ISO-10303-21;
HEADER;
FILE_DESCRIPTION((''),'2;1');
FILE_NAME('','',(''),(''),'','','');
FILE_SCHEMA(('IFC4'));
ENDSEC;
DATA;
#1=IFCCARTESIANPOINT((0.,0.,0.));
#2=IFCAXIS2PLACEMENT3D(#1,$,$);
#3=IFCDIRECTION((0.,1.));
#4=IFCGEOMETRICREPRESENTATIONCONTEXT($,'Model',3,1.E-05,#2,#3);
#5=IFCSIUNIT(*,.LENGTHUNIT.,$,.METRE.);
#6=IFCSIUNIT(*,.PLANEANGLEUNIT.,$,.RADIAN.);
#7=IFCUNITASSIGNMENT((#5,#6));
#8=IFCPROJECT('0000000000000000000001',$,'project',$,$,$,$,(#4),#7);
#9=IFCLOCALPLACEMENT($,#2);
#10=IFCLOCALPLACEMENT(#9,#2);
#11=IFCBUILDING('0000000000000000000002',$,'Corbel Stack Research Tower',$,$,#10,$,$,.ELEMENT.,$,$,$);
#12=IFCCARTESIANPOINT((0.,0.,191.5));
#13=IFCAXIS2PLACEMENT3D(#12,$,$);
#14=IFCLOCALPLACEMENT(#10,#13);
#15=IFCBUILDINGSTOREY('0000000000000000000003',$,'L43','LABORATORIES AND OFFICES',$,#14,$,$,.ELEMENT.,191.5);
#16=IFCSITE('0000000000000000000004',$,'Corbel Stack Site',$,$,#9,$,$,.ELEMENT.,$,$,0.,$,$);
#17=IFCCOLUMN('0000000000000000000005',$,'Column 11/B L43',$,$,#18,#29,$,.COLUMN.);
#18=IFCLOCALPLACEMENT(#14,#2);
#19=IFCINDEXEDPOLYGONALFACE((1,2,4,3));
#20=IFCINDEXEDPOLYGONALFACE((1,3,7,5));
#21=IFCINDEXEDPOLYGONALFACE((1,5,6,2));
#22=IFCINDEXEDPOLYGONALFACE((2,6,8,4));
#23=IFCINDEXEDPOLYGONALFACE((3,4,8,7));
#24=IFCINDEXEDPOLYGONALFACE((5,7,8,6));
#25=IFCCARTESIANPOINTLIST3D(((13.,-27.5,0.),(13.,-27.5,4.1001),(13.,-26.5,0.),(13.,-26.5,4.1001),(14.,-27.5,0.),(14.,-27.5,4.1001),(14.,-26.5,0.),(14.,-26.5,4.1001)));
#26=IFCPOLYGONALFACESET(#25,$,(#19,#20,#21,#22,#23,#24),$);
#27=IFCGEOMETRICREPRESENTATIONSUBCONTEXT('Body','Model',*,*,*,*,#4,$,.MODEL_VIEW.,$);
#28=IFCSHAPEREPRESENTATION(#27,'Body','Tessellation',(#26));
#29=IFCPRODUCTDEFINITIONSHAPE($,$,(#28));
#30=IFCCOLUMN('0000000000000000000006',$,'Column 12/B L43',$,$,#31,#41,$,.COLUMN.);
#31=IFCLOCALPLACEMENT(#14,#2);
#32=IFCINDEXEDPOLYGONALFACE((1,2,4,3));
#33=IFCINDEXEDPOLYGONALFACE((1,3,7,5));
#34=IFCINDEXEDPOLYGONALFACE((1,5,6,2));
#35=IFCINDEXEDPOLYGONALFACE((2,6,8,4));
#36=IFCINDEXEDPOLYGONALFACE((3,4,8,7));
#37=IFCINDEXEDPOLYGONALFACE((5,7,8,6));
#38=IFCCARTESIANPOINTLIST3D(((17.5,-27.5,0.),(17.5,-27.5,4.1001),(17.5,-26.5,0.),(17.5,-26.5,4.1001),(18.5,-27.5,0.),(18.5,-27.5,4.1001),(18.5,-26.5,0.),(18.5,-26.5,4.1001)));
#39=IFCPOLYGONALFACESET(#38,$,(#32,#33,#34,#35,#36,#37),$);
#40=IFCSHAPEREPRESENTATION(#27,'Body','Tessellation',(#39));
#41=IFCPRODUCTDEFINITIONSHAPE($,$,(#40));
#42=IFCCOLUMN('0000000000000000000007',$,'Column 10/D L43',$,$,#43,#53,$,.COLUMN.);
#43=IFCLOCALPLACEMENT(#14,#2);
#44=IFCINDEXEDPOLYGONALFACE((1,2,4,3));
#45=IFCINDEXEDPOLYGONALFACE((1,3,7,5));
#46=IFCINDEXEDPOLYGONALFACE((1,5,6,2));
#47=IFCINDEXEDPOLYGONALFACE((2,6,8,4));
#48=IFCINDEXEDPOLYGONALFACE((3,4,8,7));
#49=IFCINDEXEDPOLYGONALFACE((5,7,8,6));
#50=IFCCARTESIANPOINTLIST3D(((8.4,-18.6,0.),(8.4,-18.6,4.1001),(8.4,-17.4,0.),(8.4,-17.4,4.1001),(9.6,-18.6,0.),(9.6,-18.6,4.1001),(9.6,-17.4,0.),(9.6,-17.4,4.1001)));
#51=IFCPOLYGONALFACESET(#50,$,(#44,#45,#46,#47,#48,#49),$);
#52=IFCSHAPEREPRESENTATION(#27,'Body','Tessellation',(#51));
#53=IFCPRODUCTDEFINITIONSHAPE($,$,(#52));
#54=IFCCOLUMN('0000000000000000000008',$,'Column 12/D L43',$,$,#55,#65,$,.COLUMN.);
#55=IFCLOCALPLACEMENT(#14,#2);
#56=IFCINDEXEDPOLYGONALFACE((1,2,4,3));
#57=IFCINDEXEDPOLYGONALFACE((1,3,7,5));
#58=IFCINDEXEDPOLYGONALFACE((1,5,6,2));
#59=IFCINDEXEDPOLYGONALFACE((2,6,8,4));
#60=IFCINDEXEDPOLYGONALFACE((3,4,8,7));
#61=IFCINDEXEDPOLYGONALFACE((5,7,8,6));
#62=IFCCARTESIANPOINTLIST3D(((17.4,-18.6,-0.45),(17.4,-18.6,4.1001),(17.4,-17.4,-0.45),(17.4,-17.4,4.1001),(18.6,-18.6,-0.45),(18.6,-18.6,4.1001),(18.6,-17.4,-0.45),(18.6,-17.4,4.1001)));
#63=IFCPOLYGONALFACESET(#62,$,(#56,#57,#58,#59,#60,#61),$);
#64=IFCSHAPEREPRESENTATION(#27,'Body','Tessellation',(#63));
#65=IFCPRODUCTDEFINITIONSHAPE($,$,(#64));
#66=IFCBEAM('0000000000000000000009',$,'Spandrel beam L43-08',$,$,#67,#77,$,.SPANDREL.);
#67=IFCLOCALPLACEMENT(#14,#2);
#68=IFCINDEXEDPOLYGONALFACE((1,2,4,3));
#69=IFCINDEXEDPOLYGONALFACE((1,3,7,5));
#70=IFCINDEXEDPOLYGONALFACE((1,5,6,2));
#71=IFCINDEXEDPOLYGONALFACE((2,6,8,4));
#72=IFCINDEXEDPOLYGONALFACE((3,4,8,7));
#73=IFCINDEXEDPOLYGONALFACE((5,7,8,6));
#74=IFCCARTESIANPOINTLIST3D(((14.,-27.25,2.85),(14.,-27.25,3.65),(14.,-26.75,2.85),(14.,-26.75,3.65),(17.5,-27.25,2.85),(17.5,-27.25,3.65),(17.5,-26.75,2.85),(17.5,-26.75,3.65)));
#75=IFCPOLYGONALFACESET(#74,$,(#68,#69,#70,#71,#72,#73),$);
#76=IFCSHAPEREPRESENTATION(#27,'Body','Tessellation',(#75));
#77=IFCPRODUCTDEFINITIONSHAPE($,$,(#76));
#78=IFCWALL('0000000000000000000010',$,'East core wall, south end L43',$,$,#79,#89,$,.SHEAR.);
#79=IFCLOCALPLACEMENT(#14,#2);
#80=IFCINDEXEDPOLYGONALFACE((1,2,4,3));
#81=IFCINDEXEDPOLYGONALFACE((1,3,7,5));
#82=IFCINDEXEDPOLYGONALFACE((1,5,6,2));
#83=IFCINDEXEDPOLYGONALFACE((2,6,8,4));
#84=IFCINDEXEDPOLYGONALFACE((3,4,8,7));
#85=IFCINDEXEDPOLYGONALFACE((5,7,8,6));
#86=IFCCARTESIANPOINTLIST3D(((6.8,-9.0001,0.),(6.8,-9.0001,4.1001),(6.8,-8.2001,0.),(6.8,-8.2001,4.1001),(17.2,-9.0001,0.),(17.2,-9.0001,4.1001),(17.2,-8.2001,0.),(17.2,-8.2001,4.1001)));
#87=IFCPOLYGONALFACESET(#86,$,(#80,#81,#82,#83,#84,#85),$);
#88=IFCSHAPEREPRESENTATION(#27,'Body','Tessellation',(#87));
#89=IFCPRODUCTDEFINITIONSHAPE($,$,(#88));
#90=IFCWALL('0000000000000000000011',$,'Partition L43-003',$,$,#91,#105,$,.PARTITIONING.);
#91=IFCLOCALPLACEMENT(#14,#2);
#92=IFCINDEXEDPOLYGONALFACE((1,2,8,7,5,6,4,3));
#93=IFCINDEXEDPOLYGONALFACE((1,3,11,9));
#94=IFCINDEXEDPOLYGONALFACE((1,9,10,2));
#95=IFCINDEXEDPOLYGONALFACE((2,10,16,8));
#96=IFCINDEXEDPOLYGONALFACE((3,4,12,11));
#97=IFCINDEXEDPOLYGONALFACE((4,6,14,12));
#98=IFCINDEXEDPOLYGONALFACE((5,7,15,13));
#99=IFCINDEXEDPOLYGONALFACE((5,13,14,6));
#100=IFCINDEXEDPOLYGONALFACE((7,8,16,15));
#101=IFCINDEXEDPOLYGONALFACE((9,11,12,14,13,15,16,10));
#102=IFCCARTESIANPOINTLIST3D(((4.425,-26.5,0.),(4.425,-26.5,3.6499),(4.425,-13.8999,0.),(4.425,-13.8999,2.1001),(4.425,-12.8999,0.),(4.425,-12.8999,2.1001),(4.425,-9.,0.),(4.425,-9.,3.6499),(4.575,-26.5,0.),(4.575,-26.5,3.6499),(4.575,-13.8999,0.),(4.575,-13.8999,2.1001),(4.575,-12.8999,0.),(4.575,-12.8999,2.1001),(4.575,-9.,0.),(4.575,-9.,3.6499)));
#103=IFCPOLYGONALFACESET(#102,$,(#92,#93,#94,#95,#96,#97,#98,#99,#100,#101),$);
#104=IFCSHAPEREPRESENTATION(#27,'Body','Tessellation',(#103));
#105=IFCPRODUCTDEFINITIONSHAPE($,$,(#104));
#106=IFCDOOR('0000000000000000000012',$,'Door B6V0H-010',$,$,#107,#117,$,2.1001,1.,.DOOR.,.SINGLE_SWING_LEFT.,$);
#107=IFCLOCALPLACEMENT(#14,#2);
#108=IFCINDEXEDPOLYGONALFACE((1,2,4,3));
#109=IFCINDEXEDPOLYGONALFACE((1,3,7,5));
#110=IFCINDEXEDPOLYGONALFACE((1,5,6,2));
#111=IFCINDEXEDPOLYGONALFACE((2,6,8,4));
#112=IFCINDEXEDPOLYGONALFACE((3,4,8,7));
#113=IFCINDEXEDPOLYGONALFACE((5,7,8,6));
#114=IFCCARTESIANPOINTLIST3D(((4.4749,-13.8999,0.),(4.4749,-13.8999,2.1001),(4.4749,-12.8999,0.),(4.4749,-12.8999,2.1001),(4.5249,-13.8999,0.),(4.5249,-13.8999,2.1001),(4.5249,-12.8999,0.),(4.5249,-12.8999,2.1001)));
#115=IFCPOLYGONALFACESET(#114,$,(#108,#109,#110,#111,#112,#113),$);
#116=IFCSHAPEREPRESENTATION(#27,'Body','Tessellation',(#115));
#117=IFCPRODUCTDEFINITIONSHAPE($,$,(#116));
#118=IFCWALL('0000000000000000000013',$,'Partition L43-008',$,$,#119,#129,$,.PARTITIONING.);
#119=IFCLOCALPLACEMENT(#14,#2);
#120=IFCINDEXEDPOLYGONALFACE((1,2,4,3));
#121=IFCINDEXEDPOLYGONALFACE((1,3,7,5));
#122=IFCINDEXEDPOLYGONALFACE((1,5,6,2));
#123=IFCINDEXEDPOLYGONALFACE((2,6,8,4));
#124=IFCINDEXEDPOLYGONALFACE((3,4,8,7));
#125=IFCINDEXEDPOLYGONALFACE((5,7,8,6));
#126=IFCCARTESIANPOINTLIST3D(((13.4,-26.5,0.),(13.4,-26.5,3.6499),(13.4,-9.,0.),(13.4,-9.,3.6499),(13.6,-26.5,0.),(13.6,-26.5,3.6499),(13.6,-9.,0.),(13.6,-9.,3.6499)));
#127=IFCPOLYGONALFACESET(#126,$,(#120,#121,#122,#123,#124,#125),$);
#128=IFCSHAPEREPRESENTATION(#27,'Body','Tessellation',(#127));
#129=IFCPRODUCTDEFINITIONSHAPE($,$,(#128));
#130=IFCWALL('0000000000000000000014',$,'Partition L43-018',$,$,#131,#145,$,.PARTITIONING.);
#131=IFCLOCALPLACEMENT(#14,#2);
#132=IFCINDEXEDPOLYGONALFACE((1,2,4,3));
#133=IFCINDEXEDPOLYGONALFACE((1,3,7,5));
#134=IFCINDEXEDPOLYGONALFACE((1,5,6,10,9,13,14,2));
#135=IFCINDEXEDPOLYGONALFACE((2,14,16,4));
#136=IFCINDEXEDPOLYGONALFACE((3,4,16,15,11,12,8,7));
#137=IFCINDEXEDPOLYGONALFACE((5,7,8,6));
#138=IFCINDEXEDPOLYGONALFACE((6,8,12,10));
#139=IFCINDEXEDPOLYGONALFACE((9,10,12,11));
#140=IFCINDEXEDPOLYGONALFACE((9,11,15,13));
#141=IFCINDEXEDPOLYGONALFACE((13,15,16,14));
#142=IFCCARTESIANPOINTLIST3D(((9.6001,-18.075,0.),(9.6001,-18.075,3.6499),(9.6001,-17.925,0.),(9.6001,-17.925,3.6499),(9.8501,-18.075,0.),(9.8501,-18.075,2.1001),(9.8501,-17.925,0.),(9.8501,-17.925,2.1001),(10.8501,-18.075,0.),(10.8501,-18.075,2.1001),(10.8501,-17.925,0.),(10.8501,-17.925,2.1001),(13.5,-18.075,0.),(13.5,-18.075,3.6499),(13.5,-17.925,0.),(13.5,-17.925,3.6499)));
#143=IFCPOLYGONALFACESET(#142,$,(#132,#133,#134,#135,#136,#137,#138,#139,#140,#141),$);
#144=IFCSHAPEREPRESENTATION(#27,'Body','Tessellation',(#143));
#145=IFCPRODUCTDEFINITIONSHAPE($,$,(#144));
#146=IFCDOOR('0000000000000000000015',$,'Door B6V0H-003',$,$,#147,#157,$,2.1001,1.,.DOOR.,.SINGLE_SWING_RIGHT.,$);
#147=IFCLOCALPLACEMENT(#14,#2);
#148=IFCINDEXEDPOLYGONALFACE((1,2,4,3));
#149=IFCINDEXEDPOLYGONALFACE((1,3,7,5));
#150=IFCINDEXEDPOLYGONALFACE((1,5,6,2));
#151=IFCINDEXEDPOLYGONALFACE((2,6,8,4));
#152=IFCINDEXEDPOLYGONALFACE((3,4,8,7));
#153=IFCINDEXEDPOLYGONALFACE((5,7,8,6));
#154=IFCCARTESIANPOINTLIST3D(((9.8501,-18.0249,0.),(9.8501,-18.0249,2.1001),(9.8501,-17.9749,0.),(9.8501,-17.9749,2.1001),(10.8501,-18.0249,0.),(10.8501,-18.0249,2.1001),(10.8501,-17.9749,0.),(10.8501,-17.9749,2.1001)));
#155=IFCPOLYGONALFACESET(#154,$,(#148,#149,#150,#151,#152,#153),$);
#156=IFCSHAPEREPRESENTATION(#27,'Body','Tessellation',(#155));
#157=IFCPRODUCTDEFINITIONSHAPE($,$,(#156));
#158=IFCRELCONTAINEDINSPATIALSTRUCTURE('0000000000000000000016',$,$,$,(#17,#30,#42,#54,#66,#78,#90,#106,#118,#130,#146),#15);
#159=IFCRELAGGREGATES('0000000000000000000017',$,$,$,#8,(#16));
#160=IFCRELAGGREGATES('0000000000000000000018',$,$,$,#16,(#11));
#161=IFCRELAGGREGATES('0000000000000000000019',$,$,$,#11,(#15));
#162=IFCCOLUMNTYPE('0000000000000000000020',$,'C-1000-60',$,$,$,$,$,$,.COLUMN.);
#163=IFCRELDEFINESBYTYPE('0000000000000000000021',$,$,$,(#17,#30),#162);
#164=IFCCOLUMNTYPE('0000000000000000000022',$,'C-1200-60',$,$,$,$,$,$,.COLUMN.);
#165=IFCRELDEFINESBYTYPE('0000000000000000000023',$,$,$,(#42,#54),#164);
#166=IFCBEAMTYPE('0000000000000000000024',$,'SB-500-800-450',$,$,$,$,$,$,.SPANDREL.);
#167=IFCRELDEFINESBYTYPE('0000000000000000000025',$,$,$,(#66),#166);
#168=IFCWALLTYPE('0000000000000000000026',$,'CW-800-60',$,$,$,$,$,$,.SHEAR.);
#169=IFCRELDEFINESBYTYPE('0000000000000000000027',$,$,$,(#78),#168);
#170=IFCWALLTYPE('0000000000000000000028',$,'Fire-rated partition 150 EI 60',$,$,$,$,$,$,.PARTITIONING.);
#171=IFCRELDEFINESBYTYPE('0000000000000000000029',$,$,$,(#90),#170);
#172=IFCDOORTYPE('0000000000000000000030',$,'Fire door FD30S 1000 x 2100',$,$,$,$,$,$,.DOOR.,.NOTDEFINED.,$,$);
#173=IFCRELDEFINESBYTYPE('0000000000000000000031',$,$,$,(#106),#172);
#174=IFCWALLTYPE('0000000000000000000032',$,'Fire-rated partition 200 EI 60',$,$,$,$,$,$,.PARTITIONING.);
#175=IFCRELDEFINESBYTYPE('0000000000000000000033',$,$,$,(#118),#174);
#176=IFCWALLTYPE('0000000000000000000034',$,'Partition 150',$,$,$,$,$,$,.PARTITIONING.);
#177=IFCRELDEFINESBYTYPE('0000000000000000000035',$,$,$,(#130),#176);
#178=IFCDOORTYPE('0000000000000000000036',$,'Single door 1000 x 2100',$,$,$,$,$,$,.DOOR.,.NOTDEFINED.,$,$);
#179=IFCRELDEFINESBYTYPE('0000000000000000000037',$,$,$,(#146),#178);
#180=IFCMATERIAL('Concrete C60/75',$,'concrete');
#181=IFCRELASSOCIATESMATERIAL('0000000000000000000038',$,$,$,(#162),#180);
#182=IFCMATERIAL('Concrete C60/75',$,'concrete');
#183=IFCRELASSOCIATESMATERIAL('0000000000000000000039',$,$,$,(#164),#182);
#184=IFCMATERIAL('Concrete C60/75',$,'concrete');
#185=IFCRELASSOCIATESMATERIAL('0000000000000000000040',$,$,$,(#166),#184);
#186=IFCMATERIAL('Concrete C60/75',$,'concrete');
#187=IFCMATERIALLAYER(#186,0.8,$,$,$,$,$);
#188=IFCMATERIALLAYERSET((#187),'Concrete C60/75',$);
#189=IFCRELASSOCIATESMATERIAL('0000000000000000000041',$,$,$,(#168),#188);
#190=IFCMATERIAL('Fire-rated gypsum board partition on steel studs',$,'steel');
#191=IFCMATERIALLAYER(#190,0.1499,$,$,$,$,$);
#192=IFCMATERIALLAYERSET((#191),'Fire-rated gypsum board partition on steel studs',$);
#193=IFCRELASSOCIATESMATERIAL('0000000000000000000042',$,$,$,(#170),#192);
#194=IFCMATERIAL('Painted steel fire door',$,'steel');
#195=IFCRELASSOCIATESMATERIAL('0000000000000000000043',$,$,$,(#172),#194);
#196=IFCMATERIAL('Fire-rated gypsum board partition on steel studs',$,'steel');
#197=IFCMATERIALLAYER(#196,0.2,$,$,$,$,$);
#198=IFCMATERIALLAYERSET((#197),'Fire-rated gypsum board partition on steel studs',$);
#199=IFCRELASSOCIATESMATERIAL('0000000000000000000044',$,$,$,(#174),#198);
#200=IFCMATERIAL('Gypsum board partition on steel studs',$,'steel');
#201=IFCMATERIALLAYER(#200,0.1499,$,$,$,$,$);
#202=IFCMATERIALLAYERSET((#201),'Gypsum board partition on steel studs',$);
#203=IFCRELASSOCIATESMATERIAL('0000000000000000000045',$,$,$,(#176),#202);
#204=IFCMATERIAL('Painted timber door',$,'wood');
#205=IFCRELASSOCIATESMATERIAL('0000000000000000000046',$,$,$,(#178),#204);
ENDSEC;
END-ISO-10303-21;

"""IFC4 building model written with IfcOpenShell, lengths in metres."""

from ifc_helpers import new_model, si_unit, direction, frame, frame_2d, origin, origin_2d, place, context, subcontext, project, spatial, rectangle, extrude, material, layer, layer_set, material_profile, profile_set, type_object, element, fill, save


model = new_model("IFC4")

# Units and contexts
model_context = context("Model", 3, precision=1e-05, world=origin(), true_north=direction((0.0, 1.0)))
body_context = subcontext(model_context, "Body", "Model", "MODEL_VIEW")
ifc_project = project(units=[si_unit("LENGTHUNIT", "METRE"), si_unit("PLANEANGLEUNIT", "RADIAN")], contexts=[model_context])

# Site, building, storey
site_placement = place(None, origin())
site = spatial("IfcSite", under=ifc_project, at=site_placement, Name="Corbel Stack Site", CompositionType="ELEMENT", RefElevation=0.0)
building_placement = place(site_placement, origin())
building = spatial("IfcBuilding", under=site, at=building_placement, Name="Corbel Stack Research Tower", CompositionType="ELEMENT")
storey_placement = place(building_placement, frame((0.0, 0.0, 191.5)))
storey = spatial("IfcBuildingStorey", under=building, at=storey_placement, Name="L43", Description="LABORATORIES AND OFFICES", CompositionType="ELEMENT", Elevation=191.5)

# Columns
ifc_material_1 = material(Name="Concrete C60/75", Category="concrete")
ifc_material_profile_1 = material_profile(ifc_material_1, rectangle(XDim=1.0, YDim=1.0, at=origin_2d()), Name="RC 1000 x 1000")
ifc_profile_set_1 = profile_set([ifc_material_profile_1], Name="Concrete C60/75")
column_type_1 = type_object("IfcColumnType", Name="C-1000-60", PredefinedType="COLUMN", material=ifc_profile_set_1)
for number, where, z_axis, x_axis, name in (
    (1, (13.5, -27.0, 0.0), (0.0, 0.0, 1.0), (1.0, 0.0, 0.0), "Column 11/B L43"),
    (2, (18.0, -27.0, 0.0), (0.0, 0.0, 1.0), (1.0, 0.0, 0.0), "Column 12/B L43"),
):
    element("IfcColumn", number, at=place(storey_placement, frame(where, z_axis=z_axis, x_axis=x_axis)), inside=storey, type_object=column_type_1, Name=name, PredefinedType="COLUMN", context=body_context, shape_type="SweptSolid", body=[
        extrude(rectangle(XDim=1.0, YDim=1.0, at=origin_2d()), origin(), (0.0, 0.0, 1.0), 4.1001),
    ])
ifc_material_2 = material(Name="Concrete C60/75", Category="concrete")
ifc_material_profile_2 = material_profile(ifc_material_2, rectangle(XDim=1.2, YDim=1.2, at=origin_2d()), Name="RC 1200 x 1200")
ifc_profile_set_2 = profile_set([ifc_material_profile_2], Name="Concrete C60/75")
column_type_2 = type_object("IfcColumnType", Name="C-1200-60", PredefinedType="COLUMN", material=ifc_profile_set_2)
column_1_placement = place(storey_placement, frame((9.0, -18.0, 0.0), z_axis=(0.0, 0.0, 1.0), x_axis=(1.0, 0.0, 0.0)))
element("IfcColumn", 3, at=column_1_placement, inside=storey, type_object=column_type_2, Name="Column 10/D L43", PredefinedType="COLUMN", context=body_context, shape_type="SweptSolid", body=[
    extrude(rectangle(XDim=1.2, YDim=1.2, at=origin_2d()), origin(), (0.0, 0.0, 1.0), 4.1001),
])
column_2_placement = place(storey_placement, frame((18.0, -18.0, -0.45), z_axis=(0.0, 0.0, 1.0), x_axis=(1.0, 0.0, 0.0)))
element("IfcColumn", 4, at=column_2_placement, inside=storey, type_object=column_type_2, Name="Column 12/D L43", PredefinedType="COLUMN", context=body_context, shape_type="SweptSolid", body=[
    extrude(rectangle(XDim=1.2, YDim=1.2, at=origin_2d()), origin(), (0.0, 0.0, 1.0), 4.55),
])

# Beam
ifc_material_3 = material(Name="Concrete C60/75", Category="concrete")
ifc_material_profile_3 = material_profile(ifc_material_3, rectangle(XDim=0.5, YDim=0.8, at=origin_2d()), Name="RC 500 x 800")
ifc_profile_set_3 = profile_set([ifc_material_profile_3], Name="Concrete C60/75")
beam_type = type_object("IfcBeamType", Name="SB-500-800-450", PredefinedType="SPANDREL", material=ifc_profile_set_3)
beam_placement = place(storey_placement, frame((14.0, -27.0, 3.25), z_axis=(1.0, 0.0, 0.0), x_axis=(0.0, 1.0, 0.0)))
element("IfcBeam", 5, at=beam_placement, inside=storey, type_object=beam_type, Name="Spandrel beam L43-08", PredefinedType="SPANDREL", context=body_context, shape_type="SweptSolid", body=[
    extrude(rectangle(XDim=0.5, YDim=0.8, at=origin_2d()), origin(), (0.0, 0.0, 1.0), 3.5),
])

# Shared definitions
ifc_material_4 = material(Name="Concrete C60/75", Category="concrete")
ifc_layer_1 = layer(ifc_material_4, 0.8)
ifc_layer_set_1 = layer_set([ifc_layer_1], Name="Concrete C60/75")
wall_type_1 = type_object("IfcWallType", Name="CW-800-60", PredefinedType="SHEAR", material=ifc_layer_set_1)

# Wall
wall_1_placement = place(storey_placement, frame((6.8, -8.6001, 0.0), z_axis=(0.0, 0.0, 1.0), x_axis=(1.0, 0.0, 0.0)))
element("IfcWall", 6, at=wall_1_placement, inside=storey, type_object=wall_type_1, Name="East core wall, south end L43", PredefinedType="SHEAR", context=body_context, shape_type="SweptSolid", body=[
    extrude(rectangle(XDim=10.3999, YDim=0.8, at=frame_2d((5.2, 0.0))), origin(), (0.0, 0.0, 1.0), 4.1001),
])

# Wall, opening, door
ifc_material_5 = material(Name="Fire-rated gypsum board partition on steel studs", Category="steel")
ifc_layer_2 = layer(ifc_material_5, 0.1499)
ifc_layer_set_2 = layer_set([ifc_layer_2], Name="Fire-rated gypsum board partition on steel studs")
wall_type_2 = type_object("IfcWallType", Name="Fire-rated partition 150 EI 60", PredefinedType="PARTITIONING", material=ifc_layer_set_2)
wall_2_placement = place(storey_placement, frame((4.5, -9.0, 0.0), z_axis=(0.0, 0.0, 1.0), x_axis=(0.0, -1.0, 0.0)))
wall_2 = element("IfcWall", 7, at=wall_2_placement, inside=storey, type_object=wall_type_2, Name="Partition L43-003", PredefinedType="PARTITIONING", context=body_context, shape_type="SweptSolid", body=[
    extrude(rectangle(XDim=17.5, YDim=0.1499, at=frame_2d((8.75, 0.0))), origin(), (0.0, 0.0, 1.0), 3.6499),
])
opening_1_placement = place(wall_2_placement, frame((3.8999, 0.0, 0.0)))
opening_1 = element("IfcOpeningElement", 8, at=opening_1_placement, cuts=wall_2, PredefinedType="OPENING", context=body_context, shape_type="SweptSolid", body=[
    extrude(rectangle(XDim=1.0, YDim=2.1001, at=frame_2d((0.5, 1.05))), frame((0.0, 0.085, 0.0), z_axis=(0.0, -1.0, 0.0), x_axis=(1.0, 0.0, 0.0)), (0.0, 0.0, 1.0), 0.1699),
])
ifc_material_6 = material(Name="Painted steel fire door", Category="steel")
door_type_1 = type_object("IfcDoorType", Name="Fire door FD30S 1000 x 2100", OperationType="NOTDEFINED", PredefinedType="DOOR", material=ifc_material_6)
door_1_placement = place(opening_1_placement, origin())
door_1 = element("IfcDoor", 9, at=door_1_placement, inside=storey, type_object=door_type_1, Name="Door B6V0H-010", OperationType="SINGLE_SWING_LEFT", OverallHeight=2.1001, OverallWidth=1.0, PredefinedType="DOOR", context=body_context, shape_type="SweptSolid", body=[
    extrude(rectangle(XDim=1.0, YDim=2.1001, at=frame_2d((0.5, 1.05))), frame((0.0, 0.0249, 0.0), z_axis=(0.0, -1.0, 0.0), x_axis=(1.0, 0.0, 0.0)), (0.0, 0.0, 1.0), 0.05),
])
fill(opening_1, door_1)

# Wall
ifc_material_7 = material(Name="Fire-rated gypsum board partition on steel studs", Category="steel")
ifc_layer_3 = layer(ifc_material_7, 0.2)
ifc_layer_set_3 = layer_set([ifc_layer_3], Name="Fire-rated gypsum board partition on steel studs")
wall_type_3 = type_object("IfcWallType", Name="Fire-rated partition 200 EI 60", PredefinedType="PARTITIONING", material=ifc_layer_set_3)
wall_3_placement = place(storey_placement, frame((13.5, -26.5, 0.0), z_axis=(0.0, 0.0, 1.0), x_axis=(0.0, 1.0, 0.0)))
element("IfcWall", 10, at=wall_3_placement, inside=storey, type_object=wall_type_3, Name="Partition L43-008", PredefinedType="PARTITIONING", context=body_context, shape_type="SweptSolid", body=[
    extrude(rectangle(XDim=17.5, YDim=0.2, at=frame_2d((8.75, 0.0))), origin(), (0.0, 0.0, 1.0), 3.6499),
])

# Wall, opening, door
ifc_material_8 = material(Name="Gypsum board partition on steel studs", Category="steel")
ifc_layer_4 = layer(ifc_material_8, 0.1499)
ifc_layer_set_4 = layer_set([ifc_layer_4], Name="Gypsum board partition on steel studs")
wall_type_4 = type_object("IfcWallType", Name="Partition 150", PredefinedType="PARTITIONING", material=ifc_layer_set_4)
wall_4_placement = place(storey_placement, frame((13.5, -18.0, 0.0), z_axis=(0.0, 0.0, 1.0), x_axis=(-1.0, 0.0, 0.0)))
wall_4 = element("IfcWall", 11, at=wall_4_placement, inside=storey, type_object=wall_type_4, Name="Partition L43-018", PredefinedType="PARTITIONING", context=body_context, shape_type="SweptSolid", body=[
    extrude(rectangle(XDim=3.8999, YDim=0.1499, at=frame_2d((1.95, 0.0))), origin(), (0.0, 0.0, 1.0), 3.6499),
])
opening_2_placement = place(wall_4_placement, frame((2.6499, 0.0, 0.0)))
opening_2 = element("IfcOpeningElement", 12, at=opening_2_placement, cuts=wall_4, PredefinedType="OPENING", context=body_context, shape_type="SweptSolid", body=[
    extrude(rectangle(XDim=1.0, YDim=2.1001, at=frame_2d((0.5, 1.05))), frame((0.0, 0.085, 0.0), z_axis=(0.0, -1.0, 0.0), x_axis=(1.0, 0.0, 0.0)), (0.0, 0.0, 1.0), 0.1699),
])
ifc_material_9 = material(Name="Painted timber door", Category="wood")
door_type_2 = type_object("IfcDoorType", Name="Single door 1000 x 2100", OperationType="NOTDEFINED", PredefinedType="DOOR", material=ifc_material_9)
door_2_placement = place(opening_2_placement, origin())
door_2 = element("IfcDoor", 13, at=door_2_placement, inside=storey, type_object=door_type_2, Name="Door B6V0H-003", OperationType="SINGLE_SWING_RIGHT", OverallHeight=2.1001, OverallWidth=1.0, PredefinedType="DOOR", context=body_context, shape_type="SweptSolid", body=[
    extrude(rectangle(XDim=1.0, YDim=2.1001, at=frame_2d((0.5, 1.05))), frame((0.0, 0.0249, 0.0), z_axis=(0.0, -1.0, 0.0), x_axis=(1.0, 0.0, 0.0)), (0.0, 0.0, 1.0), 0.05),
])
fill(opening_2, door_2)

save(model, "model.ifc")
